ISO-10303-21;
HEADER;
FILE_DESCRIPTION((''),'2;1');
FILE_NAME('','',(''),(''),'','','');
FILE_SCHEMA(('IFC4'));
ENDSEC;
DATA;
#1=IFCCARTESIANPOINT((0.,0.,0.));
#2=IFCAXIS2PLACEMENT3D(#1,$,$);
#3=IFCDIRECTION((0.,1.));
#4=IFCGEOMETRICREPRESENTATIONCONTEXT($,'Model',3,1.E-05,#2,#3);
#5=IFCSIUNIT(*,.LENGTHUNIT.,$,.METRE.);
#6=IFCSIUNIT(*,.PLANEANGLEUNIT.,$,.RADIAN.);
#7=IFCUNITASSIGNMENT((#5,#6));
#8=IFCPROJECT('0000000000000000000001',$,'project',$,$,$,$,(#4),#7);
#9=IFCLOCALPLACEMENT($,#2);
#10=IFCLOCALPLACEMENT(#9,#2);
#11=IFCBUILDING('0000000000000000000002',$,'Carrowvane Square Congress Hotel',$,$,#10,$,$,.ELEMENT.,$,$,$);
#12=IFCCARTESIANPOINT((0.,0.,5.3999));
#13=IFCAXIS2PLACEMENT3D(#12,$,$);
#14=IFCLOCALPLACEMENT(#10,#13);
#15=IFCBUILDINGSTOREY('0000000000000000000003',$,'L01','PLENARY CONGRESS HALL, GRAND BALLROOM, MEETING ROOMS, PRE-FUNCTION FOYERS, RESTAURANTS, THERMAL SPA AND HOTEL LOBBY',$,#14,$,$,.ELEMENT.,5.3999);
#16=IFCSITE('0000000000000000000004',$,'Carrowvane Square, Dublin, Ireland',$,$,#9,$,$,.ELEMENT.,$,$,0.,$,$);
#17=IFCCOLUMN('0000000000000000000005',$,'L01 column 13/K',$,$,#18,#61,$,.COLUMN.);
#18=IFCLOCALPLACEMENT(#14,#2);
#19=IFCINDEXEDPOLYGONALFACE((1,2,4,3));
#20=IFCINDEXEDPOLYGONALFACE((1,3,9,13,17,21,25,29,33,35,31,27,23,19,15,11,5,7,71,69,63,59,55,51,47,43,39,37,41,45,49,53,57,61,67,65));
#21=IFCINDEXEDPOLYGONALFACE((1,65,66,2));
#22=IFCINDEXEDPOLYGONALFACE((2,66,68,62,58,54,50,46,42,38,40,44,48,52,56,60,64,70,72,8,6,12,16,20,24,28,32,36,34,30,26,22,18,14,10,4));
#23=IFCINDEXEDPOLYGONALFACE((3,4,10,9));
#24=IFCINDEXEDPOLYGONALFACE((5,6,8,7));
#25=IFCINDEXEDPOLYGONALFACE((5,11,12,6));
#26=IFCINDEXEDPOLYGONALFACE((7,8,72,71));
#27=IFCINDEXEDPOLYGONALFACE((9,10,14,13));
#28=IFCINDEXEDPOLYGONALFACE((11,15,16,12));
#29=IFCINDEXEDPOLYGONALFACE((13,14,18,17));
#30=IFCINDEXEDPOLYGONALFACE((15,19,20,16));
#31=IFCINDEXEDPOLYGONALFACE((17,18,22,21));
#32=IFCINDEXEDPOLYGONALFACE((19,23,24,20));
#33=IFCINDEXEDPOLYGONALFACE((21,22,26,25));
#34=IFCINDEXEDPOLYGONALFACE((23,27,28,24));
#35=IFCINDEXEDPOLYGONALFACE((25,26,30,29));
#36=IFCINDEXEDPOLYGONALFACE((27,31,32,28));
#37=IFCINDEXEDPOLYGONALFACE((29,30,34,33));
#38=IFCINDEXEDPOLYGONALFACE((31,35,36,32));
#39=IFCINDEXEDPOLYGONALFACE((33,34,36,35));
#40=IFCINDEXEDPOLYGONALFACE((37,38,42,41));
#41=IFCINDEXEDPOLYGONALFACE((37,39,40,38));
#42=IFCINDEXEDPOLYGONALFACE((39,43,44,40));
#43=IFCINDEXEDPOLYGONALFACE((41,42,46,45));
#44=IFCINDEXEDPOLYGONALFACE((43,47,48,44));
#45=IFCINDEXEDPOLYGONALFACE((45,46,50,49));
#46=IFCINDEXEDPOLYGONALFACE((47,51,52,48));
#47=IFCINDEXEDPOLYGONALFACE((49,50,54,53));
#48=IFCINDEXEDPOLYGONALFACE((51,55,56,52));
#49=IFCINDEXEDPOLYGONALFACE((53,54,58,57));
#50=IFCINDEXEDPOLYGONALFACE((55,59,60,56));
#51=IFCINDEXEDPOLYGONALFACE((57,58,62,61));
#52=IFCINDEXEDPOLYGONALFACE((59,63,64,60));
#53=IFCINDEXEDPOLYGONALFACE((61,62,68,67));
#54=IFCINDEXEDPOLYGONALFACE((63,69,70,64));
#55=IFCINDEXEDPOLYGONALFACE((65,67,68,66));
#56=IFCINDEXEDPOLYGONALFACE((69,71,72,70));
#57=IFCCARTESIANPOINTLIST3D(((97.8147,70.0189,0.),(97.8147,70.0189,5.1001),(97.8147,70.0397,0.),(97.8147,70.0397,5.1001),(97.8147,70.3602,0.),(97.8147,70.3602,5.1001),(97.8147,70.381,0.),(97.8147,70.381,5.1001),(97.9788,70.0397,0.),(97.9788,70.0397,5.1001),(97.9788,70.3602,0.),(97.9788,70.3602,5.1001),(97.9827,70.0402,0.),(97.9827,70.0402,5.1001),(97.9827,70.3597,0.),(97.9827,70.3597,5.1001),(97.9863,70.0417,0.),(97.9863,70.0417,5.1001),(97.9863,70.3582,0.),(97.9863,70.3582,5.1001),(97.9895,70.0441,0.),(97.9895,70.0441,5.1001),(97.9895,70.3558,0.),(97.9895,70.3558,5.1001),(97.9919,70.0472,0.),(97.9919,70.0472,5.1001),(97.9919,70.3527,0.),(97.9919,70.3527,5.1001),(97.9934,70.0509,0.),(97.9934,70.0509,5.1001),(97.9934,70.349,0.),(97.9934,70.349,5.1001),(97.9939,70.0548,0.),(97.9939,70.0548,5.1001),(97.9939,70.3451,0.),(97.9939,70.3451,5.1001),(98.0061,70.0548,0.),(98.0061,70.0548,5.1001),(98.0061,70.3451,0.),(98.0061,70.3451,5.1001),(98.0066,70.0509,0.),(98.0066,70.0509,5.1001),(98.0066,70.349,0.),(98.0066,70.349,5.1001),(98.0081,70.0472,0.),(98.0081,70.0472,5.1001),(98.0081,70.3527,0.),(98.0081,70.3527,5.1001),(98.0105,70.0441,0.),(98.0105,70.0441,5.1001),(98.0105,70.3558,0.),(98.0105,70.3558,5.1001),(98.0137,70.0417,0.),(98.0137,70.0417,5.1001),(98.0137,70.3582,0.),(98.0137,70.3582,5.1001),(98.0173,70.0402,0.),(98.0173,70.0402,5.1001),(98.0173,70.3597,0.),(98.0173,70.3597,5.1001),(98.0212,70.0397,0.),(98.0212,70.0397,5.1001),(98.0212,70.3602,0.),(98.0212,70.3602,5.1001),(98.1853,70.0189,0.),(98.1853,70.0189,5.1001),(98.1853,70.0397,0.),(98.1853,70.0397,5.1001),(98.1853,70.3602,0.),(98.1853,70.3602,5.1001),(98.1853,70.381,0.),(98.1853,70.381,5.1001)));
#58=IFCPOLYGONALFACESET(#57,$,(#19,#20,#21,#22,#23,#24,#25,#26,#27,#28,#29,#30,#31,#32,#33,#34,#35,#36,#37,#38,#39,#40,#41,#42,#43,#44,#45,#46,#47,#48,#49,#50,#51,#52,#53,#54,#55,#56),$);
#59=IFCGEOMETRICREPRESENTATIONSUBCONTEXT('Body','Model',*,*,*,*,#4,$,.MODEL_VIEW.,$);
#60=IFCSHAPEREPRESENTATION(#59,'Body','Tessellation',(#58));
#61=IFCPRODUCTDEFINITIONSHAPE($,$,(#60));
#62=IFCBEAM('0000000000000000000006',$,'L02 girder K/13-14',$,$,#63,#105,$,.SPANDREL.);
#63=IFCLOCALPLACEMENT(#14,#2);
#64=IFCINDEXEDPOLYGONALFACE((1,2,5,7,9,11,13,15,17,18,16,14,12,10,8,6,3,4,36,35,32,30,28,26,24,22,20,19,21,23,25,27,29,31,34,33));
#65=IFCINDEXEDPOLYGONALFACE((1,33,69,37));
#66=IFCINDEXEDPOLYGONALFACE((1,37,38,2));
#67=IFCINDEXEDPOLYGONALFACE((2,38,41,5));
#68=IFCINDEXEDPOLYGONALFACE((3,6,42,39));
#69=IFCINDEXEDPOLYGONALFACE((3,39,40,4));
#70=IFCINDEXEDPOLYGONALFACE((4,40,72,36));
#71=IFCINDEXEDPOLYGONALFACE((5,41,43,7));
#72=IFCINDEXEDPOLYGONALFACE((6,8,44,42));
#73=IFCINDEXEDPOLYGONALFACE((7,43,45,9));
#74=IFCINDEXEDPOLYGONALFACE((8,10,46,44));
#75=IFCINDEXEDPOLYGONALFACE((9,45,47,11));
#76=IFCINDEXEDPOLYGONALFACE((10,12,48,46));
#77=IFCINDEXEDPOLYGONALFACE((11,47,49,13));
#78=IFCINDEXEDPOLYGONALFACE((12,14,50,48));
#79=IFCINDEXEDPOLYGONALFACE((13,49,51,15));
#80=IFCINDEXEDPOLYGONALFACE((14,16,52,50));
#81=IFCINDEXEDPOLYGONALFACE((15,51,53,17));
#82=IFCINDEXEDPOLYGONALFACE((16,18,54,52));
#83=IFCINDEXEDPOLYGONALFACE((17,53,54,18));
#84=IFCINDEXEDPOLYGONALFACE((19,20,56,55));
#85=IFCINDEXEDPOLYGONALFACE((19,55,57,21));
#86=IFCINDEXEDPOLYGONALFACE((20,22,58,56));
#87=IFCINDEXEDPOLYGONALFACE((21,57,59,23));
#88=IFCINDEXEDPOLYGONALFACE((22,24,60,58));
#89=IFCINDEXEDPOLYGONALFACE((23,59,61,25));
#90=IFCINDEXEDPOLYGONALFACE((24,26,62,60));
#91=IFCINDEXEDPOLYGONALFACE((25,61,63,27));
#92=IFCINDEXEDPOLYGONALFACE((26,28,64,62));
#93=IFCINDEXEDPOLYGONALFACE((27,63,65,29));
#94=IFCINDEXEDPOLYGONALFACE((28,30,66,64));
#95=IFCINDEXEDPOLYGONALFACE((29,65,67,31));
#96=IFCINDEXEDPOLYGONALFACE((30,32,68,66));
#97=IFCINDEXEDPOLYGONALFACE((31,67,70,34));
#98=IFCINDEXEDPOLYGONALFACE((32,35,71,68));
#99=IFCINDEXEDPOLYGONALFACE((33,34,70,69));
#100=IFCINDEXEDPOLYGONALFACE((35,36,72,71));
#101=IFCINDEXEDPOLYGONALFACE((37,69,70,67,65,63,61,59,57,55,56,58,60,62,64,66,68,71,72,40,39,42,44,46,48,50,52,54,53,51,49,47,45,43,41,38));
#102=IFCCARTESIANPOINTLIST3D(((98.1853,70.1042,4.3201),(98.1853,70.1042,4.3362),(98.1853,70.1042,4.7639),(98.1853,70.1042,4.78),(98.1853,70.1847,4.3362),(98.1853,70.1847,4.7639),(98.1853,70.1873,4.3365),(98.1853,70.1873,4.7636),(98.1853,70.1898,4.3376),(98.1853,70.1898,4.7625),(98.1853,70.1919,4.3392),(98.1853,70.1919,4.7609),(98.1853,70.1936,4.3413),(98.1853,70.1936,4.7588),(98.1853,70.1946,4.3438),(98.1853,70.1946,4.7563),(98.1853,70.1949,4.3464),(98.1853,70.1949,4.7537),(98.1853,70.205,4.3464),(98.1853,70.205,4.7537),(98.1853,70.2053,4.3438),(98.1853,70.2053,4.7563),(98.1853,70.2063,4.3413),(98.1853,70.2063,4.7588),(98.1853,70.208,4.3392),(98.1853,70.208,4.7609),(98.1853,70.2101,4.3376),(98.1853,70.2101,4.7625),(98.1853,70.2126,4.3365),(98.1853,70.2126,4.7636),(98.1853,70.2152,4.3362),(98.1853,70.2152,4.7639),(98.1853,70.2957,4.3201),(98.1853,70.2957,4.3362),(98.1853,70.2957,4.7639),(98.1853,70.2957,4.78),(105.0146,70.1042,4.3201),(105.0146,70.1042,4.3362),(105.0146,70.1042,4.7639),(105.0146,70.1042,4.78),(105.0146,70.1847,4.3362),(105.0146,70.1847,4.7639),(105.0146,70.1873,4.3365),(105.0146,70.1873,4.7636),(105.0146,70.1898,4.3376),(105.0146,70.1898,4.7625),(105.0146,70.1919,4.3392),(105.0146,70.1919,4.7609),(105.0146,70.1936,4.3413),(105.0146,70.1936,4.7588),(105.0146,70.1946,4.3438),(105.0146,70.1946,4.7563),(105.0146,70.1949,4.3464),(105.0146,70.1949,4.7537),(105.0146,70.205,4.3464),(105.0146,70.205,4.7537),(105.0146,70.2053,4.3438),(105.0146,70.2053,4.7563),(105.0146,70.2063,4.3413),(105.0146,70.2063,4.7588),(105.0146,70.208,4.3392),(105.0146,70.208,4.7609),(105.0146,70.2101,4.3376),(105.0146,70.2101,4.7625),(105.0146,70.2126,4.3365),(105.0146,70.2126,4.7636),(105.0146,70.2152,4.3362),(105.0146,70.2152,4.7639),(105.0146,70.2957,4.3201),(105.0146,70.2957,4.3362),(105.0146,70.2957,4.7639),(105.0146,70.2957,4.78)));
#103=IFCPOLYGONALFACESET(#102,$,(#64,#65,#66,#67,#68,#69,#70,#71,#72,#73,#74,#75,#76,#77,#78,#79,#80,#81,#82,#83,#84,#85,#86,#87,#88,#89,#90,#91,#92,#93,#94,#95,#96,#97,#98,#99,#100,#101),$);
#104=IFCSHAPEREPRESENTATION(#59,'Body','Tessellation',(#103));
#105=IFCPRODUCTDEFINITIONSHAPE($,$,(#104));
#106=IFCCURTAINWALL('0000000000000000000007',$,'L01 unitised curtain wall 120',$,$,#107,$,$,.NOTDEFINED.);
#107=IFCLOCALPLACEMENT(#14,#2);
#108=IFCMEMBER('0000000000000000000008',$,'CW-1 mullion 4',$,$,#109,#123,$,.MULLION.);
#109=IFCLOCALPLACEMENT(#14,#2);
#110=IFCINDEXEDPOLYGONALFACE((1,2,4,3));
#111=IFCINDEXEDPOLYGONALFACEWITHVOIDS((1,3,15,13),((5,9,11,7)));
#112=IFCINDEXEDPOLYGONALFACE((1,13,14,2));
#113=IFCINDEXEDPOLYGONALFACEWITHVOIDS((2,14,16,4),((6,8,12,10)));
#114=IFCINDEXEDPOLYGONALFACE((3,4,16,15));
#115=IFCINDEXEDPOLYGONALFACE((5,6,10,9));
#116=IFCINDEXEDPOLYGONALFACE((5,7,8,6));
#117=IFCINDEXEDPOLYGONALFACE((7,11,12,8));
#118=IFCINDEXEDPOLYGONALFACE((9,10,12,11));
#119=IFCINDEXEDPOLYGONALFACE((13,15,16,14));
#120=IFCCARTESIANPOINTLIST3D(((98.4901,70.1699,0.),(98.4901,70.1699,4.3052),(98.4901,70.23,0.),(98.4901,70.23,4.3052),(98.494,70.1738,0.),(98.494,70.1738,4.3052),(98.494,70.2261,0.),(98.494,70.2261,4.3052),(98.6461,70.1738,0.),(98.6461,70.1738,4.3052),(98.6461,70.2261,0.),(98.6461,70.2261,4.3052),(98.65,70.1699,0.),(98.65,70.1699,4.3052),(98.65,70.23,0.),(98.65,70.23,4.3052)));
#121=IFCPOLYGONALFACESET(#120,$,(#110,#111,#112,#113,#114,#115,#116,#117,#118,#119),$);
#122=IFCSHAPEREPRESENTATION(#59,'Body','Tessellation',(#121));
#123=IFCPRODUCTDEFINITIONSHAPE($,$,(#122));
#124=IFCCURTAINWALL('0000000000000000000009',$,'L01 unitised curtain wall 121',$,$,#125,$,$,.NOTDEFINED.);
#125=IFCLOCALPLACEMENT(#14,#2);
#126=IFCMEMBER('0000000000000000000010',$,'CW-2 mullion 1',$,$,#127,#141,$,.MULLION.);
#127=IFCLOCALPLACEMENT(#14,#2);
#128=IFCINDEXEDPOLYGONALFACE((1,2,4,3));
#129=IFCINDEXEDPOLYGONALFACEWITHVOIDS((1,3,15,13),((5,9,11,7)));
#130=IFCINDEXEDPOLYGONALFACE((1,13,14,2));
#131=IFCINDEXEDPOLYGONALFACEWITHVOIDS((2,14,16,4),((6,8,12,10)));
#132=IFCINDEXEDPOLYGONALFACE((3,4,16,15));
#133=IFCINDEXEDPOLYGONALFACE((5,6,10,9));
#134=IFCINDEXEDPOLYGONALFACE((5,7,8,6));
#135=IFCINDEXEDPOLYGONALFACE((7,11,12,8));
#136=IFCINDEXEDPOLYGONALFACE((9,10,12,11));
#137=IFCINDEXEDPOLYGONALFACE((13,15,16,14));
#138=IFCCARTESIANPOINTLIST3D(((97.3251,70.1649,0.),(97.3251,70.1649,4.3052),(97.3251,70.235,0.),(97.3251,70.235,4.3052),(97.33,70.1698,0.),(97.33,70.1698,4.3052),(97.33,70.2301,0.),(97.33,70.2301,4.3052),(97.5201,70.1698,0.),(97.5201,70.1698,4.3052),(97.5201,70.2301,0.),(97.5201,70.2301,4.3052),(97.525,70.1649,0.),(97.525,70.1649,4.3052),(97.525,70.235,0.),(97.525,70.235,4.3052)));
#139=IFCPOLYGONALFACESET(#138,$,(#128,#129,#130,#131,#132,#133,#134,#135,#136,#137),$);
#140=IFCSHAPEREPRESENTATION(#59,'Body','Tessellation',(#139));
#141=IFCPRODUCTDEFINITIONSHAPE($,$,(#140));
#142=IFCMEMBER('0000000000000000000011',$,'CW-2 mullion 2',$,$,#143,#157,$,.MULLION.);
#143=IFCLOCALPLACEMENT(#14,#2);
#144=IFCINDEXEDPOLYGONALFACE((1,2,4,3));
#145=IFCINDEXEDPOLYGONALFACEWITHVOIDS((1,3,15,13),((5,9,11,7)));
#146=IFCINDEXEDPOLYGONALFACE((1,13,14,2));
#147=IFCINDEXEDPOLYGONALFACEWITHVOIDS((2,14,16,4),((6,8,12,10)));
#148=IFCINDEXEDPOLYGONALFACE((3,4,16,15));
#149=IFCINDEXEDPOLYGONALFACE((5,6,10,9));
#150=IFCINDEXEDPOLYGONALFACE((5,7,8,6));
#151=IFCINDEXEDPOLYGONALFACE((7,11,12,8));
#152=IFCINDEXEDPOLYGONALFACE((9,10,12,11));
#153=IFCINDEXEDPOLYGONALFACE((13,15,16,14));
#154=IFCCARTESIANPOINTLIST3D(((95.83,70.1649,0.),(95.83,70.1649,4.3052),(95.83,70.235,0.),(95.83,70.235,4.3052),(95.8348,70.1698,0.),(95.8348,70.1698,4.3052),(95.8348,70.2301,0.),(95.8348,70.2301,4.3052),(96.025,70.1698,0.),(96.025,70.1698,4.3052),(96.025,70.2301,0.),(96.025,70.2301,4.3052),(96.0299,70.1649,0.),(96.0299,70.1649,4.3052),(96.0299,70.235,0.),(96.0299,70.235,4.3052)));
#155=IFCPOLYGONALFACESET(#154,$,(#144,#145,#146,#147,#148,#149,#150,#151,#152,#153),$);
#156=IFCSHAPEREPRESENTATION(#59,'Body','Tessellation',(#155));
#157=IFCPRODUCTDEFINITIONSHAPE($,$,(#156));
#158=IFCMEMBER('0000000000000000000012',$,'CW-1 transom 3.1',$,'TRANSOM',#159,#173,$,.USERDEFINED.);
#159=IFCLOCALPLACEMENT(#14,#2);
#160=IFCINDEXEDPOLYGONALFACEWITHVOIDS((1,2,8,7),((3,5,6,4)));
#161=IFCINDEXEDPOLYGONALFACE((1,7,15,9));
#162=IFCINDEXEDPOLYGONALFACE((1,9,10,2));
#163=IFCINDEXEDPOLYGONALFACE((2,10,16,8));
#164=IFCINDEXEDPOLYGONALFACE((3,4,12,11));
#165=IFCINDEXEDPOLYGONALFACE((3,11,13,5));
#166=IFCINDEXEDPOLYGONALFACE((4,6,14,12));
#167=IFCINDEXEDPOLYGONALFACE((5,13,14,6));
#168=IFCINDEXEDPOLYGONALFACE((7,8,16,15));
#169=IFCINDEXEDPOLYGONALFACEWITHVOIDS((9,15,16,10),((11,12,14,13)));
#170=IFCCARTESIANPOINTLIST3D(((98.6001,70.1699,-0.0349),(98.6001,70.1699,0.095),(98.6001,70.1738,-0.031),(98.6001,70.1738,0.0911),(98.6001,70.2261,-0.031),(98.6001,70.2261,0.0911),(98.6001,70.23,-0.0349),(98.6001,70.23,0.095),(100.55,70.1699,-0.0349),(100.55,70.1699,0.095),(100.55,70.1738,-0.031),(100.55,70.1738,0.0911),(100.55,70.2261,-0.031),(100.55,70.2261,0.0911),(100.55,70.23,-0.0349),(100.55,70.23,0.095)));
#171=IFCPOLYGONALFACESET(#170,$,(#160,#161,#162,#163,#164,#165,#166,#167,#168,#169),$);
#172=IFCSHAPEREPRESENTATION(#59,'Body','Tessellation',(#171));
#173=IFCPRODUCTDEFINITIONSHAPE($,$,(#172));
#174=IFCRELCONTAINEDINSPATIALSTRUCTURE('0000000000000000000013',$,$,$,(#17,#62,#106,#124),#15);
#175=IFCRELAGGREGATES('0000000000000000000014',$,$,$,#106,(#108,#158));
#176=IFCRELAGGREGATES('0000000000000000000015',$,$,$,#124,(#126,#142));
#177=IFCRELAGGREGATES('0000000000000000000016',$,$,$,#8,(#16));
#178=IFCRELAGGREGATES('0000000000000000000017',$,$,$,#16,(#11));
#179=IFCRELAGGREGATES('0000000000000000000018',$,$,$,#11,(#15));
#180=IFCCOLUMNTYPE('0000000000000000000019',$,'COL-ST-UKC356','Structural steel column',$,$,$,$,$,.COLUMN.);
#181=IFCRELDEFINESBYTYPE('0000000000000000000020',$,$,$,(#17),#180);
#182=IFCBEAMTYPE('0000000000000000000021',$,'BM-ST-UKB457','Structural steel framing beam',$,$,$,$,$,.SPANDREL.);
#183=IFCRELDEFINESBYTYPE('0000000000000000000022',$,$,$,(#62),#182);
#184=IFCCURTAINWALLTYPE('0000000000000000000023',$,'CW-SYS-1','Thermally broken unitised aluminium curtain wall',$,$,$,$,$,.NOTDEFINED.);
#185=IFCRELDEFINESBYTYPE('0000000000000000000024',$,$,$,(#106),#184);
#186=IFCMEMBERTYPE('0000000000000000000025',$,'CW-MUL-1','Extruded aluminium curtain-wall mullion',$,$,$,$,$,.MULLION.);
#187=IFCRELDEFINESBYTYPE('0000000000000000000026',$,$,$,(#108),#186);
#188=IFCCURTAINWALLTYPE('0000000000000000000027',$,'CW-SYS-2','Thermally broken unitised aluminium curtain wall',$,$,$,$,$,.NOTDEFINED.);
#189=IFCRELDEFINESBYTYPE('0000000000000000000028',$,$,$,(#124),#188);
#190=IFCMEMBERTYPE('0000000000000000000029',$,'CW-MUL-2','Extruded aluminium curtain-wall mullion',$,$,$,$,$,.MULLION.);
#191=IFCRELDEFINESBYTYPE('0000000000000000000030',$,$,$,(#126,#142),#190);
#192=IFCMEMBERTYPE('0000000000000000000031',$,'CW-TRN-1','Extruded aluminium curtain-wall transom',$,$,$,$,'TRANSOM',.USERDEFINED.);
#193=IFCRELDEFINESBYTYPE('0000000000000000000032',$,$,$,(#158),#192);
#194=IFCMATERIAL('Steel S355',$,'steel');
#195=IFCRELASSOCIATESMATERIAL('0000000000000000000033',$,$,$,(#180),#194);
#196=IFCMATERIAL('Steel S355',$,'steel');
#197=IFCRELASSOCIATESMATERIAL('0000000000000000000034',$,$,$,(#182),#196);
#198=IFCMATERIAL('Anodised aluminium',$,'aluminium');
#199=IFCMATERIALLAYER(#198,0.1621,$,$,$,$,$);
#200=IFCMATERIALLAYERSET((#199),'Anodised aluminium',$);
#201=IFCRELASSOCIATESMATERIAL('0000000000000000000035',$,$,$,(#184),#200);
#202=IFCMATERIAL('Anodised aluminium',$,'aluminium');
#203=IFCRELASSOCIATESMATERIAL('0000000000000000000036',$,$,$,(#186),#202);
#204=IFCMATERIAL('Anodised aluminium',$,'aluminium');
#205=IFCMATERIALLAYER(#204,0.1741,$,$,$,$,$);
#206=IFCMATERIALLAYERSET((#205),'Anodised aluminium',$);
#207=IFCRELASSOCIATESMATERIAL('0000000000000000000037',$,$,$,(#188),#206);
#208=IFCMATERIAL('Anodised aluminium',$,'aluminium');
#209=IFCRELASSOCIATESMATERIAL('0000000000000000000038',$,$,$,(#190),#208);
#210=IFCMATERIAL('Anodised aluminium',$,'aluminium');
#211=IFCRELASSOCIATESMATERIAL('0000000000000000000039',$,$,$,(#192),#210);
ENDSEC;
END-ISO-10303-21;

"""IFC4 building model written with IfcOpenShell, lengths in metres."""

from ifc_helpers import new_model, si_unit, direction, frame, origin, origin_2d, place, context, subcontext, project, spatial, hollow_rectangle, i_section, extrude, material, layer, layer_set, material_profile, profile_set, type_object, element, aggregate, save


model = new_model("IFC4")

# Units and contexts
model_context = context("Model", 3, precision=1e-05, world=origin(), true_north=direction((0.0, 1.0)))
body_context = subcontext(model_context, "Body", "Model", "MODEL_VIEW")
ifc_project = project(units=[si_unit("LENGTHUNIT", "METRE"), si_unit("PLANEANGLEUNIT", "RADIAN")], contexts=[model_context])

# Site, building, storey
site_placement = place(None, origin())
site = spatial("IfcSite", under=ifc_project, at=site_placement, Name="Carrowvane Square, Dublin, Ireland", CompositionType="ELEMENT", RefElevation=0.0)
building_placement = place(site_placement, origin())
building = spatial("IfcBuilding", under=site, at=building_placement, Name="Carrowvane Square Congress Hotel", CompositionType="ELEMENT")
storey_placement = place(building_placement, frame((0.0, 0.0, 5.3999)))
storey = spatial("IfcBuildingStorey", under=building, at=storey_placement, Name="L01", Description="PLENARY CONGRESS HALL, GRAND BALLROOM, MEETING ROOMS, PRE-FUNCTION FOYERS, RESTAURANTS, THERMAL SPA AND HOTEL LOBBY", CompositionType="ELEMENT", Elevation=5.3999)

# Column
ifc_material_1 = material(Name="Steel S355", Category="steel")
ifc_material_profile_1 = material_profile(ifc_material_1, i_section(OverallWidth=0.3706, OverallDepth=0.3621, WebThickness=0.0122, FlangeThickness=0.0208, FilletRadius=0.0151, at=origin_2d()), Name="UKC 356x368x153")
ifc_profile_set_1 = profile_set([ifc_material_profile_1], Name="Steel S355")
column_type = type_object("IfcColumnType", Name="COL-ST-UKC356", Description="Structural steel column", PredefinedType="COLUMN", material=ifc_profile_set_1)
column_placement = place(storey_placement, frame((98.0, 70.2, 0.0), z_axis=(0.0, 0.0, 1.0), x_axis=(1.0, 0.0, 0.0)))
element("IfcColumn", 1, at=column_placement, inside=storey, type_object=column_type, Name="L01 column 13/K", PredefinedType="COLUMN", context=body_context, shape_type="SweptSolid", body=[
    extrude(i_section(OverallWidth=0.3706, OverallDepth=0.3621, WebThickness=0.0122, FlangeThickness=0.0208, FilletRadius=0.0151, at=origin_2d()), origin(), (0.0, 0.0, 1.0), 5.1001),
])

# Beam
ifc_material_2 = material(Name="Steel S355", Category="steel")
ifc_material_profile_2 = material_profile(ifc_material_2, i_section(OverallWidth=0.1914, OverallDepth=0.46, WebThickness=0.01, FlangeThickness=0.0161, FilletRadius=0.0103, at=origin_2d()), Name="UKB 457x191x82")
ifc_profile_set_2 = profile_set([ifc_material_profile_2], Name="Steel S355")
beam_type = type_object("IfcBeamType", Name="BM-ST-UKB457", Description="Structural steel framing beam", PredefinedType="SPANDREL", material=ifc_profile_set_2)
beam_placement = place(storey_placement, frame((98.1853, 70.2, 4.55), z_axis=(1.0, 0.0, 0.0), x_axis=(0.0, 1.0, 0.0)))
element("IfcBeam", 2, at=beam_placement, inside=storey, type_object=beam_type, Name="L02 girder K/13-14", PredefinedType="SPANDREL", context=body_context, shape_type="SweptSolid", body=[
    extrude(i_section(OverallWidth=0.1914, OverallDepth=0.46, WebThickness=0.01, FlangeThickness=0.0161, FilletRadius=0.0103, at=origin_2d()), origin(), (0.0, 0.0, 1.0), 6.8293),
])

# Curtain wall, member
ifc_material_3 = material(Name="Anodised aluminium", Category="aluminium")
ifc_layer_1 = layer(ifc_material_3, 0.1621)
ifc_layer_set_1 = layer_set([ifc_layer_1], Name="Anodised aluminium")
curtain_wall_type_1 = type_object("IfcCurtainWallType", Name="CW-SYS-1", Description="Thermally broken unitised aluminium curtain wall", PredefinedType="NOTDEFINED", material=ifc_layer_set_1)
curtain_wall_1_placement = place(storey_placement, origin())
curtain_wall_1 = element("IfcCurtainWall", 3, at=curtain_wall_1_placement, inside=storey, type_object=curtain_wall_type_1, Name="L01 unitised curtain wall 120", PredefinedType="NOTDEFINED")
ifc_material_4 = material(Name="Anodised aluminium", Category="aluminium")
ifc_material_profile_3 = material_profile(ifc_material_4, hollow_rectangle(XDim=0.0601, YDim=0.1599, WallThickness=0.0039, at=origin_2d()), Name="CW-ML 60x160x4")
ifc_profile_set_3 = profile_set([ifc_material_profile_3], Name="Anodised aluminium")
member_type_1 = type_object("IfcMemberType", Name="CW-MUL-1", Description="Extruded aluminium curtain-wall mullion", PredefinedType="MULLION", material=ifc_profile_set_3)
member_1_placement = place(storey_placement, frame((98.5701, 70.2, 0.0), z_axis=(0.0, 0.0, 1.0), x_axis=(0.0, -1.0, 0.0)))
member_1 = element("IfcMember", 4, at=member_1_placement, type_object=member_type_1, Name="CW-1 mullion 4", PredefinedType="MULLION", context=body_context, shape_type="SweptSolid", body=[
    extrude(hollow_rectangle(XDim=0.0601, YDim=0.1599, WallThickness=0.0039, at=origin_2d()), origin(), (0.0, 0.0, 1.0), 4.3052),
])

# Curtain wall, members
ifc_material_5 = material(Name="Anodised aluminium", Category="aluminium")
ifc_layer_2 = layer(ifc_material_5, 0.1741)
ifc_layer_set_2 = layer_set([ifc_layer_2], Name="Anodised aluminium")
curtain_wall_type_2 = type_object("IfcCurtainWallType", Name="CW-SYS-2", Description="Thermally broken unitised aluminium curtain wall", PredefinedType="NOTDEFINED", material=ifc_layer_set_2)
curtain_wall_2_placement = place(storey_placement, origin())
curtain_wall_2 = element("IfcCurtainWall", 5, at=curtain_wall_2_placement, inside=storey, type_object=curtain_wall_type_2, Name="L01 unitised curtain wall 121", PredefinedType="NOTDEFINED")
ifc_material_6 = material(Name="Anodised aluminium", Category="aluminium")
ifc_material_profile_4 = material_profile(ifc_material_6, hollow_rectangle(XDim=0.0701, YDim=0.2, WallThickness=0.0049, at=origin_2d()), Name="CW-ML 70x200x5")
ifc_profile_set_4 = profile_set([ifc_material_profile_4], Name="Anodised aluminium")
member_type_2 = type_object("IfcMemberType", Name="CW-MUL-2", Description="Extruded aluminium curtain-wall mullion", PredefinedType="MULLION", material=ifc_profile_set_4)
member_2_placement = place(storey_placement, frame((97.425, 70.2, 0.0), z_axis=(0.0, 0.0, 1.0), x_axis=(0.0, -1.0, 0.0)))
member_2 = element("IfcMember", 6, at=member_2_placement, type_object=member_type_2, Name="CW-2 mullion 1", PredefinedType="MULLION", context=body_context, shape_type="SweptSolid", body=[
    extrude(hollow_rectangle(XDim=0.0701, YDim=0.2, WallThickness=0.0049, at=origin_2d()), origin(), (0.0, 0.0, 1.0), 4.3052),
])
member_3_placement = place(storey_placement, frame((95.9299, 70.2, 0.0), z_axis=(0.0, 0.0, 1.0), x_axis=(0.0, -1.0, 0.0)))
member_3 = element("IfcMember", 7, at=member_3_placement, type_object=member_type_2, Name="CW-2 mullion 2", PredefinedType="MULLION", context=body_context, shape_type="SweptSolid", body=[
    extrude(hollow_rectangle(XDim=0.0701, YDim=0.2, WallThickness=0.0049, at=origin_2d()), origin(), (0.0, 0.0, 1.0), 4.3052),
])

# Member
ifc_material_7 = material(Name="Anodised aluminium", Category="aluminium")
ifc_material_profile_5 = material_profile(ifc_material_7, hollow_rectangle(XDim=0.0601, YDim=0.1299, WallThickness=0.0039, at=origin_2d()), Name="CW-TR 60x130x4")
ifc_profile_set_5 = profile_set([ifc_material_profile_5], Name="Anodised aluminium")
member_type_3 = type_object("IfcMemberType", Name="CW-TRN-1", Description="Extruded aluminium curtain-wall transom", ElementType="TRANSOM", PredefinedType="USERDEFINED", material=ifc_profile_set_5)
member_4_placement = place(storey_placement, frame((100.55, 70.2, 0.03), z_axis=(-1.0, 0.0, 0.0), x_axis=(0.0, -1.0, 0.0)))
member_4 = element("IfcMember", 8, at=member_4_placement, type_object=member_type_3, Name="CW-1 transom 3.1", ObjectType="TRANSOM", PredefinedType="USERDEFINED", context=body_context, shape_type="SweptSolid", body=[
    extrude(hollow_rectangle(XDim=0.0601, YDim=0.1299, WallThickness=0.0039, at=origin_2d()), origin(), (0.0, 0.0, 1.0), 1.95),
])

aggregate(curtain_wall_1, [member_1, member_4])
aggregate(curtain_wall_2, [member_2, member_3])

save(model, "model.ifc")
